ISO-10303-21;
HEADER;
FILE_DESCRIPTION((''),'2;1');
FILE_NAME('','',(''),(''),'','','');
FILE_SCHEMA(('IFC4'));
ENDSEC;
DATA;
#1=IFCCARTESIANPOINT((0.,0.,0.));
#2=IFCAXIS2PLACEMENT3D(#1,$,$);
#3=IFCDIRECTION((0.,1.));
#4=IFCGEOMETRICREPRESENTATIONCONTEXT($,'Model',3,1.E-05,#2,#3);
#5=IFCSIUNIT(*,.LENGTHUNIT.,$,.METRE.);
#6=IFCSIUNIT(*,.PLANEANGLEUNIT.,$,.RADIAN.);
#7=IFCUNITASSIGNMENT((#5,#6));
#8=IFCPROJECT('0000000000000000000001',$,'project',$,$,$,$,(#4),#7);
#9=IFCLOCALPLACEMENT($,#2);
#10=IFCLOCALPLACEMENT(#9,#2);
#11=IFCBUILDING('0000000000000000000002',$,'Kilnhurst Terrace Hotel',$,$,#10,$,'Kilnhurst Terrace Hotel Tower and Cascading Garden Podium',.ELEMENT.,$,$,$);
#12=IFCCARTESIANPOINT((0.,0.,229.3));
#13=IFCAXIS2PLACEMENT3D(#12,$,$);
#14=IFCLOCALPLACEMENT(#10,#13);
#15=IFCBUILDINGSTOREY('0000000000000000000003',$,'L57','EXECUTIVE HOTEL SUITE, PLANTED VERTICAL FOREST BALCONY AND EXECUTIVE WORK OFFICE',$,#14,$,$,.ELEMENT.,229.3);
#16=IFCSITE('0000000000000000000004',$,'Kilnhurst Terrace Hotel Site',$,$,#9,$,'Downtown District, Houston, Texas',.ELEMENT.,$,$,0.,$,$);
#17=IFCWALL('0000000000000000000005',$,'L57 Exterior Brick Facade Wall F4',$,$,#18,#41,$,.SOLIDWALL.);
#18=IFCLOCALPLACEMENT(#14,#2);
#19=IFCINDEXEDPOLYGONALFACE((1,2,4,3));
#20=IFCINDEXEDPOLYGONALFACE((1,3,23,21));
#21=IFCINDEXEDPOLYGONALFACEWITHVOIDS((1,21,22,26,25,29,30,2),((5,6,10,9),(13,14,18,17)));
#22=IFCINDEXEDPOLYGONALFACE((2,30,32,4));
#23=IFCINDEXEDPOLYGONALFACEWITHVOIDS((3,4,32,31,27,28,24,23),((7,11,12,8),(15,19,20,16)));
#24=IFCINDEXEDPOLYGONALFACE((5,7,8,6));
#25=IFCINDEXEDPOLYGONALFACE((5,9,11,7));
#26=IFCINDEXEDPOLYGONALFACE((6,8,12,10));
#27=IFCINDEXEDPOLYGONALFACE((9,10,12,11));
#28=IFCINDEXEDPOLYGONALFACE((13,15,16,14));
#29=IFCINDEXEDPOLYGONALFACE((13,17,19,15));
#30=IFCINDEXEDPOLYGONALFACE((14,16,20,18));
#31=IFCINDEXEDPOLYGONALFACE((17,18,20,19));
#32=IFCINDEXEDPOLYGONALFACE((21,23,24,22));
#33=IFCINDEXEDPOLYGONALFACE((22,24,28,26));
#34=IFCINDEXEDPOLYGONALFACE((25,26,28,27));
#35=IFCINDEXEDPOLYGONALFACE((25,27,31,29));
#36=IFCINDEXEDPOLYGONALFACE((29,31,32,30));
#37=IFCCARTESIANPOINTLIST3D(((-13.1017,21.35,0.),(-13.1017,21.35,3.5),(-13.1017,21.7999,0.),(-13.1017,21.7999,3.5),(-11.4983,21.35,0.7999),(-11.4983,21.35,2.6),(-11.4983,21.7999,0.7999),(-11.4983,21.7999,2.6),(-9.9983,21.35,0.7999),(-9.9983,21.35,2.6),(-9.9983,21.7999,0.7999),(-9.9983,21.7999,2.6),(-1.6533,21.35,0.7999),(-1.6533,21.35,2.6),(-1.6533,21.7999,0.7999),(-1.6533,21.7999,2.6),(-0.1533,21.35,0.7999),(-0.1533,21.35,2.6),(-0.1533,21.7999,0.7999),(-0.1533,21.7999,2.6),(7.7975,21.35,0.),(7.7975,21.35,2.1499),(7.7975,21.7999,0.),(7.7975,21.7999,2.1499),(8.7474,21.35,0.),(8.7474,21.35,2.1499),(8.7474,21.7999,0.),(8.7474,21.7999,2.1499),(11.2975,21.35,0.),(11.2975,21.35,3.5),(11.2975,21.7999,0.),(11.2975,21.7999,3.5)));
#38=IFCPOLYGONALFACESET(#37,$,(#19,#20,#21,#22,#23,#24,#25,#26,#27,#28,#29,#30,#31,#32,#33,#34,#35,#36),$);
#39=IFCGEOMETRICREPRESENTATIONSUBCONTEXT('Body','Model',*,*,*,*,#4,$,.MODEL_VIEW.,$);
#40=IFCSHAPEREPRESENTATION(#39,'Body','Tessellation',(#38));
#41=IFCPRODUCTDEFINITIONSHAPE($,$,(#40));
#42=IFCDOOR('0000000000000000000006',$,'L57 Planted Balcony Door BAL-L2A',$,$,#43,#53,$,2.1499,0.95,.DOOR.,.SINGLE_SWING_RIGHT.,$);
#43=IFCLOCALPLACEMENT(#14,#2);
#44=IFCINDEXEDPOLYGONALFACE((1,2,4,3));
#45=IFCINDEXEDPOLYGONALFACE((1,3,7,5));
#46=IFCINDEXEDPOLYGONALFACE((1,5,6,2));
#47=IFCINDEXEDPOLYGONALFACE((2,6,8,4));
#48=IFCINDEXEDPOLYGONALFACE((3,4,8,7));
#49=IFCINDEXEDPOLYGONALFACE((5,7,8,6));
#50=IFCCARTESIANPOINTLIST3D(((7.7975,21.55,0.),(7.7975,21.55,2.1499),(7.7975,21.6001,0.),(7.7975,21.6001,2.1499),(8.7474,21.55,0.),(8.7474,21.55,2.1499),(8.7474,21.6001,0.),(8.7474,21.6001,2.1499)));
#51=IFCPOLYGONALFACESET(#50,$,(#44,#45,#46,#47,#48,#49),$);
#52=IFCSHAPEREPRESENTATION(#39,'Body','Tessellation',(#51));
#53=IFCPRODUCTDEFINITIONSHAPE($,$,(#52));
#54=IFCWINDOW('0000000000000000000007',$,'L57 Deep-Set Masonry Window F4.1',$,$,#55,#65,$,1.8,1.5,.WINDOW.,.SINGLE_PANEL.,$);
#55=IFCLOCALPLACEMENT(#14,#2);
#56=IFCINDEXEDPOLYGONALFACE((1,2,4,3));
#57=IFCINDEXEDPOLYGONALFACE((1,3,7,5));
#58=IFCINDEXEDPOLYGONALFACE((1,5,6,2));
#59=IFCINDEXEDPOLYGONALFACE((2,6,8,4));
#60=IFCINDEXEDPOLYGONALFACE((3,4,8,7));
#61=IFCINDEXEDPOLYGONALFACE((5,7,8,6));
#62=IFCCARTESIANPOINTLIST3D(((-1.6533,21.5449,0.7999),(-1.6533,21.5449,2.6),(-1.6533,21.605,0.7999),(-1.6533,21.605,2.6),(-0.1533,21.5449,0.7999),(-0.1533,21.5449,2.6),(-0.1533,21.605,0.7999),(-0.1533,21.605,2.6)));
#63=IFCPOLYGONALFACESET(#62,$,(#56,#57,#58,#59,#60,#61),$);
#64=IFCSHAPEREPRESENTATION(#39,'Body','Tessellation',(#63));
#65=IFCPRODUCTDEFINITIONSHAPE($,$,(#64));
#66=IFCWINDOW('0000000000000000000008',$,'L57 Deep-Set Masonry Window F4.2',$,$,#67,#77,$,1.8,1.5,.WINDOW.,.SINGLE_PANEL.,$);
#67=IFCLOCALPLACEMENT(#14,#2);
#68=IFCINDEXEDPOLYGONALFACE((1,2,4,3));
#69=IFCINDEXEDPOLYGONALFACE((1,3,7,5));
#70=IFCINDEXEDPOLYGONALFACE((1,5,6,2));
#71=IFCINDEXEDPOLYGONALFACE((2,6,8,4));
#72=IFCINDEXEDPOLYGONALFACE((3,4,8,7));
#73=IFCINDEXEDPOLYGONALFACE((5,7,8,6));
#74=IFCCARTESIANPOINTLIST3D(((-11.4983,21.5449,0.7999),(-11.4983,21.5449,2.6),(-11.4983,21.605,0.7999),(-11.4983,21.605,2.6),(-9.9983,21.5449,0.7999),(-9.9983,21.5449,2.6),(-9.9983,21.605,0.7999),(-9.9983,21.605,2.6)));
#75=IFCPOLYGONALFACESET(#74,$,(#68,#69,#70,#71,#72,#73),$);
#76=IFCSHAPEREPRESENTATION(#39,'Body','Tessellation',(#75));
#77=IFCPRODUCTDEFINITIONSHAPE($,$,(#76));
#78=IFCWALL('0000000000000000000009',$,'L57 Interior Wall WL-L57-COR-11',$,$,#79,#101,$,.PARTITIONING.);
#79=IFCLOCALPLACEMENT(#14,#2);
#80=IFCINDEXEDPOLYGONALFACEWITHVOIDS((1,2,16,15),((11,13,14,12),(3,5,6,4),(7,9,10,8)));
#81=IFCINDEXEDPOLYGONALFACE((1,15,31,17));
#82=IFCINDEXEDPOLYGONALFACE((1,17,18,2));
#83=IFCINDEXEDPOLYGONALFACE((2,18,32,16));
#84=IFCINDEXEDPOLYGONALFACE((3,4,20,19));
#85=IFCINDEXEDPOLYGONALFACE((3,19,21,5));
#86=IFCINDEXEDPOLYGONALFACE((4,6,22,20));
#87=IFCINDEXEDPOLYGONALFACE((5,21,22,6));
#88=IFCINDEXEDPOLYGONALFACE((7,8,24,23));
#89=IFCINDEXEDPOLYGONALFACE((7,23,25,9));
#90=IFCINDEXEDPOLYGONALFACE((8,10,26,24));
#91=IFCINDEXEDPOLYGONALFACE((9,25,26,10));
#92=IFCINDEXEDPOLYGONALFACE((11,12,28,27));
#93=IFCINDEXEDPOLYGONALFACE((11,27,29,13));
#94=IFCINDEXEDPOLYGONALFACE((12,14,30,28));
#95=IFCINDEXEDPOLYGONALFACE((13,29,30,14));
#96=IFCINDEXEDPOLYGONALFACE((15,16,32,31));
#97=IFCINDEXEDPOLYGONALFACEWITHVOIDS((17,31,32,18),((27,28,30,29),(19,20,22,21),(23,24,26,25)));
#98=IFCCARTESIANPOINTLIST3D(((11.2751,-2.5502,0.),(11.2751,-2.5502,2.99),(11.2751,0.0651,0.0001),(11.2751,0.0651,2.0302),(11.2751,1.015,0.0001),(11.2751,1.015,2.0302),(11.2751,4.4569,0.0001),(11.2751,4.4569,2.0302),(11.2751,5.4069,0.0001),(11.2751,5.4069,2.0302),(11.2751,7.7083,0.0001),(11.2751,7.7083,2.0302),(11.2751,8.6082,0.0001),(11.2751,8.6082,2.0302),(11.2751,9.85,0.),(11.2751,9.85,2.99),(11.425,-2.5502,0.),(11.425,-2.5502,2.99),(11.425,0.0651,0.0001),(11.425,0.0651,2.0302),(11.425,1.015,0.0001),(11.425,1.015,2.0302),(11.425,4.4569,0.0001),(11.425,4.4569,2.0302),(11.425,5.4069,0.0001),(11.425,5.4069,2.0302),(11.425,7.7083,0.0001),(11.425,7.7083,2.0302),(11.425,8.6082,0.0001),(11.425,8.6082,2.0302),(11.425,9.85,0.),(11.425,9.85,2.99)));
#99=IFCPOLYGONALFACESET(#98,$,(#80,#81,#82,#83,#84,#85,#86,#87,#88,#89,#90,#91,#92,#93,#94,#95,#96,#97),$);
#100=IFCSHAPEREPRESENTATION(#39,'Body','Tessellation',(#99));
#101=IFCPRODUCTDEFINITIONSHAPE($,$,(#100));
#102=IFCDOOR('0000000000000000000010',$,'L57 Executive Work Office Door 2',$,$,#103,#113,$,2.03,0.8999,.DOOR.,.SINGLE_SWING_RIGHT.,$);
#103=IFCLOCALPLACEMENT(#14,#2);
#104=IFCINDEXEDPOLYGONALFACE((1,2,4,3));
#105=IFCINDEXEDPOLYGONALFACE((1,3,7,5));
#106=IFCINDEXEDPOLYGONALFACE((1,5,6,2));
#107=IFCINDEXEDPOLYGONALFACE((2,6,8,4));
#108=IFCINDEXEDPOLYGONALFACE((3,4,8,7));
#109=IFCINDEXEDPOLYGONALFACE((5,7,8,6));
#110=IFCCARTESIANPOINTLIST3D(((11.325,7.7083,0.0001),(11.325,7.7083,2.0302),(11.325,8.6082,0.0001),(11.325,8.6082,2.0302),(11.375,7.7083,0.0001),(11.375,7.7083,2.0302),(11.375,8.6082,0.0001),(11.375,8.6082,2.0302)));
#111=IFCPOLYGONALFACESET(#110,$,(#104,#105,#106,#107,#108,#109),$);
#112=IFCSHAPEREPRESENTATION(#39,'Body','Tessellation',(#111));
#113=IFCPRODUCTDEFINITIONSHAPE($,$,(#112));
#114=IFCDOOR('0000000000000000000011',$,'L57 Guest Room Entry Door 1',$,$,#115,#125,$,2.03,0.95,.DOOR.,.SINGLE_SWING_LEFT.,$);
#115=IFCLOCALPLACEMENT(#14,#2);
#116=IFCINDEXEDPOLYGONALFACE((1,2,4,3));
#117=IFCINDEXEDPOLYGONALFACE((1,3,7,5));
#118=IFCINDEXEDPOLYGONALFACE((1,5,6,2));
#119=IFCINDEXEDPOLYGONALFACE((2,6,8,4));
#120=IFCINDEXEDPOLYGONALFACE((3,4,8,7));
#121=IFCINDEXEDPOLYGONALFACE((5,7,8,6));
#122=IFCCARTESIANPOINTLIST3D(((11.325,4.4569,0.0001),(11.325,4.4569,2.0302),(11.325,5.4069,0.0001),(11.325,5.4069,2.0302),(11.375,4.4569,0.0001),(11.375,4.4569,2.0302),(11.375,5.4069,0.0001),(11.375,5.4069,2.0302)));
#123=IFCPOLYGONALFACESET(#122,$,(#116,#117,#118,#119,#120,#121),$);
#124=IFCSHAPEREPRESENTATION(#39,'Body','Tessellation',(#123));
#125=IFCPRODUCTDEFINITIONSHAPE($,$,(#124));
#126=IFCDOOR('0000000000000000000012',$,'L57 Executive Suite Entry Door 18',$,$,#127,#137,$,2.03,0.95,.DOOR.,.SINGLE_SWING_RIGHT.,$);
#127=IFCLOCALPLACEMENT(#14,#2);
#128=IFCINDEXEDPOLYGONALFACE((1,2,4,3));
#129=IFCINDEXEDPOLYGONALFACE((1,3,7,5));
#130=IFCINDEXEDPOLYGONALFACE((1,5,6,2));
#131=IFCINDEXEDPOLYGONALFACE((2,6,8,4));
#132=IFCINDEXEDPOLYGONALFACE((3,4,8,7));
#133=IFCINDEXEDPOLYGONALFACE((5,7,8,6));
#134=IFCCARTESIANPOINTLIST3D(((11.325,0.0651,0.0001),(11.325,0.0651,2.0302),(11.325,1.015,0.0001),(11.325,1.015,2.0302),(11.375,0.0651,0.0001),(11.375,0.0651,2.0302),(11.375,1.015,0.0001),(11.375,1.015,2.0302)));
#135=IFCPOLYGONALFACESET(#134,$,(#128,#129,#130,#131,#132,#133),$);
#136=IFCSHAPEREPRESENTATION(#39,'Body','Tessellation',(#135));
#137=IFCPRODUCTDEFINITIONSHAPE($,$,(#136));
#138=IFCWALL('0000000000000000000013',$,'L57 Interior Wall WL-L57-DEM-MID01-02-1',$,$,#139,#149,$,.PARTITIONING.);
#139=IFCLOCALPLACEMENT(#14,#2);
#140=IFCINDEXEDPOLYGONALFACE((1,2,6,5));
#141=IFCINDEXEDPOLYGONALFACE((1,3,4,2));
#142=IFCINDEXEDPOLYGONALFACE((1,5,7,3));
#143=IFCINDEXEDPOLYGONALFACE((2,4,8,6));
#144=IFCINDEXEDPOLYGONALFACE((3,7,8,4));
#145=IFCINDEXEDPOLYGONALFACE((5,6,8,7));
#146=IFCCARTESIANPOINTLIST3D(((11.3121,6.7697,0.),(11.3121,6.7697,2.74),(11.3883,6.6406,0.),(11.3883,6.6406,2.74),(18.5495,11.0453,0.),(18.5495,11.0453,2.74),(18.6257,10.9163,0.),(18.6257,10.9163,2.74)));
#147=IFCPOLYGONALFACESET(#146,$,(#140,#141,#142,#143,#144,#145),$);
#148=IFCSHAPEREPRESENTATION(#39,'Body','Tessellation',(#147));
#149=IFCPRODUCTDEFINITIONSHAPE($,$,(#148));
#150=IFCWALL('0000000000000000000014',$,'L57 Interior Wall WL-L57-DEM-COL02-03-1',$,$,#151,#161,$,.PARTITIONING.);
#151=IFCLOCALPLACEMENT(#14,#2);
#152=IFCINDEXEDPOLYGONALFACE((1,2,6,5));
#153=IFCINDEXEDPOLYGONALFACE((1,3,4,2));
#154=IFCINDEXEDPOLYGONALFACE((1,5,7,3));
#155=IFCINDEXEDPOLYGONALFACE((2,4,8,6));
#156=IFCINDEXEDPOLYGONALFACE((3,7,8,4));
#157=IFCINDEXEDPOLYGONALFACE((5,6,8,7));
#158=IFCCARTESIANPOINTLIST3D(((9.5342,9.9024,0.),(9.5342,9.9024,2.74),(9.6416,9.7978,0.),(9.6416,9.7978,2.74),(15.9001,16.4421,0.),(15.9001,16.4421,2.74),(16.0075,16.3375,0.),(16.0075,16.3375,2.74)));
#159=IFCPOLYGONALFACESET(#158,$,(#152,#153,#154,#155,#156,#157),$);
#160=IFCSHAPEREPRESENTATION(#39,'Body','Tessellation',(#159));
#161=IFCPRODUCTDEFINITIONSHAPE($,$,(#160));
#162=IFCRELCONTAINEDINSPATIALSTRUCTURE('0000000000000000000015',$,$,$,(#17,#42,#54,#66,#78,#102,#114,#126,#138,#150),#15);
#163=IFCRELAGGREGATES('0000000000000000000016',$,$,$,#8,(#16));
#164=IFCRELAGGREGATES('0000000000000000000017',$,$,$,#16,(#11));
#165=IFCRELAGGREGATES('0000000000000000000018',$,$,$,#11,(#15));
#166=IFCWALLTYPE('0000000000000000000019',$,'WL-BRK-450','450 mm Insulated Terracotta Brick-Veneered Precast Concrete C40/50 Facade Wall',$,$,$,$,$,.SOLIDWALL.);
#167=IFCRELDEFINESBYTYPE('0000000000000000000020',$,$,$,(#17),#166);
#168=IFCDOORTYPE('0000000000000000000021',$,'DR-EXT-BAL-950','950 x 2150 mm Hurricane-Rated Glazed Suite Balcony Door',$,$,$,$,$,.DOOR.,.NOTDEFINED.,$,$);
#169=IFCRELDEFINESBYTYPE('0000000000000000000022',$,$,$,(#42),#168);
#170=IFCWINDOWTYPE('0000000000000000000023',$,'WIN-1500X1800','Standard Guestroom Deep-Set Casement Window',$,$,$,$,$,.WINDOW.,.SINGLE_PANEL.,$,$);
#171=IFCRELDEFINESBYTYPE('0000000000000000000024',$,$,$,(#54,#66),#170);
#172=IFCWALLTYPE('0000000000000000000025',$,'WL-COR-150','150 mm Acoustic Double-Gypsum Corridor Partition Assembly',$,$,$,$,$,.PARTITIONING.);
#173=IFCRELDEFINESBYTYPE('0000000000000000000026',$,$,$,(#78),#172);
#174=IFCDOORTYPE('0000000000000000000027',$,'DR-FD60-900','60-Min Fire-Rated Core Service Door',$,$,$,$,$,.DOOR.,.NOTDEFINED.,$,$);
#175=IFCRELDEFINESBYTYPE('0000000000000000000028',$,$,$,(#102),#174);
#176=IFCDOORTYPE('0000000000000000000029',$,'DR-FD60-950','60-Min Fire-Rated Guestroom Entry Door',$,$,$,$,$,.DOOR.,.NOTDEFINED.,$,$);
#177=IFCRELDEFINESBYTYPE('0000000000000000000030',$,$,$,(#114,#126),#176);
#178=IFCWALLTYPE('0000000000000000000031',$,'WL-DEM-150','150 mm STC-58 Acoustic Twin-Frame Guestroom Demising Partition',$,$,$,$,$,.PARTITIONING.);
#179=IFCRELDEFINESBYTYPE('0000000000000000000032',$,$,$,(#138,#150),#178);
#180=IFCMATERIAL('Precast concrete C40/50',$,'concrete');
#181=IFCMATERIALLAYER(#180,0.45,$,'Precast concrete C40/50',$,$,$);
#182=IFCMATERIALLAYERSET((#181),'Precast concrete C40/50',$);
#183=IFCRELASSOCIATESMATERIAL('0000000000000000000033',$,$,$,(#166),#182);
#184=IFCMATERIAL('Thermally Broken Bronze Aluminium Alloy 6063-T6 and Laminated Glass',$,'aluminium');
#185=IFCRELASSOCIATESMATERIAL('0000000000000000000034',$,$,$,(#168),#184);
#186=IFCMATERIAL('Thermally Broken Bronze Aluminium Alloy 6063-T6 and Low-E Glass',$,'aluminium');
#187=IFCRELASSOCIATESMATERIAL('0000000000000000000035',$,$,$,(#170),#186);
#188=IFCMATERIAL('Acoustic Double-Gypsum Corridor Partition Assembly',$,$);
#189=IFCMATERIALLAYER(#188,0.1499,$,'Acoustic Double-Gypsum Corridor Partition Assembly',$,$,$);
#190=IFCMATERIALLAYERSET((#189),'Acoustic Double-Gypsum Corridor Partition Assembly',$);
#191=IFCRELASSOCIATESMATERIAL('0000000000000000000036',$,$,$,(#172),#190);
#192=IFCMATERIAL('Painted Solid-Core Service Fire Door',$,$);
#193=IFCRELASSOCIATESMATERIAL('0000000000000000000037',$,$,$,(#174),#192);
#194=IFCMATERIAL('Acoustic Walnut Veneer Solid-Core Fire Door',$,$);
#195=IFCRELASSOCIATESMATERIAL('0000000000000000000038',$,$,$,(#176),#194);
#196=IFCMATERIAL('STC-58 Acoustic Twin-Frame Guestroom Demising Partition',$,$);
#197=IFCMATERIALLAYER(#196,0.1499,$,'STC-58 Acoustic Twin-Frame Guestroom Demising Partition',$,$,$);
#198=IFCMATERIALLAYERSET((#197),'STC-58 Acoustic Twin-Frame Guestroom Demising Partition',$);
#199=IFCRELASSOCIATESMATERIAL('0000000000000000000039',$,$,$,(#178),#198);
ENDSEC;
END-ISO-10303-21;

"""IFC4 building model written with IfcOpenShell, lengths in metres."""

from ifc_helpers import new_model, si_unit, direction, frame, frame_2d, origin, place, context, subcontext, project, spatial, rectangle, extrude, material, layer, layer_set, type_object, element, fill, save


model = new_model("IFC4")

# Units and contexts
model_context = context("Model", 3, precision=1e-05, world=origin(), true_north=direction((0.0, 1.0)))
body_context = subcontext(model_context, "Body", "Model", "MODEL_VIEW")
ifc_project = project(units=[si_unit("LENGTHUNIT", "METRE"), si_unit("PLANEANGLEUNIT", "RADIAN")], contexts=[model_context])

# Site, building, storey
site_placement = place(None, origin())
site = spatial("IfcSite", under=ifc_project, at=site_placement, Name="Kilnhurst Terrace Hotel Site", LongName="Downtown District, Houston, Texas", CompositionType="ELEMENT", RefElevation=0.0)
building_placement = place(site_placement, origin())
building = spatial("IfcBuilding", under=site, at=building_placement, Name="Kilnhurst Terrace Hotel", LongName="Kilnhurst Terrace Hotel Tower and Cascading Garden Podium", CompositionType="ELEMENT")
storey_placement = place(building_placement, frame((0.0, 0.0, 229.3)))
storey = spatial("IfcBuildingStorey", under=building, at=storey_placement, Name="L57", Description="EXECUTIVE HOTEL SUITE, PLANTED VERTICAL FOREST BALCONY AND EXECUTIVE WORK OFFICE", CompositionType="ELEMENT", Elevation=229.3)

# Shared definitions
ifc_material_1 = material(Name="Precast concrete C40/50", Category="concrete")
ifc_layer_1 = layer(ifc_material_1, 0.45, Name="Precast concrete C40/50")
ifc_layer_set_1 = layer_set([ifc_layer_1], Name="Precast concrete C40/50")
wall_type_1 = type_object("IfcWallType", Name="WL-BRK-450", Description="450 mm Insulated Terracotta Brick-Veneered Precast Concrete C40/50 Facade Wall", PredefinedType="SOLIDWALL", material=ifc_layer_set_1)

# Wall, openings, door, windows
wall_1_placement = place(storey_placement, frame((11.2976, 21.575, 0.0), z_axis=(0.0, 0.0, 1.0), x_axis=(-1.0, 0.0, 0.0)))
wall_1 = element("IfcWall", 1, at=wall_1_placement, inside=storey, type_object=wall_type_1, Name="L57 Exterior Brick Facade Wall F4", PredefinedType="SOLIDWALL", context=body_context, shape_type="SweptSolid", body=[
    extrude(rectangle(XDim=24.3992, YDim=0.45, at=frame_2d((12.1997, 0.0))), origin(), (0.0, 0.0, 1.0), 3.5),
])
opening_1_placement = place(wall_1_placement, frame((2.55, 0.0, 0.0)))
opening_1 = element("IfcOpeningElement", 2, at=opening_1_placement, cuts=wall_1, PredefinedType="OPENING", context=body_context, shape_type="SweptSolid", body=[
    extrude(rectangle(XDim=0.95, YDim=2.1499, at=frame_2d((0.4751, 1.075))), frame((0.0, 0.2349, 0.0), z_axis=(0.0, -1.0, 0.0), x_axis=(1.0, 0.0, 0.0)), (0.0, 0.0, 1.0), 0.47),
])
opening_2_placement = place(wall_1_placement, frame((11.4509, 0.0, 0.8)))
opening_2 = element("IfcOpeningElement", 3, at=opening_2_placement, cuts=wall_1, PredefinedType="OPENING", context=body_context, shape_type="SweptSolid", body=[
    extrude(rectangle(XDim=1.5, YDim=1.8, at=frame_2d((0.75, 0.8999))), frame((0.0, 0.2349, 0.0), z_axis=(0.0, -1.0, 0.0), x_axis=(1.0, 0.0, 0.0)), (0.0, 0.0, 1.0), 0.47),
])
opening_3_placement = place(wall_1_placement, frame((21.2959, 0.0, 0.8)))
opening_3 = element("IfcOpeningElement", 4, at=opening_3_placement, cuts=wall_1, PredefinedType="OPENING", context=body_context, shape_type="SweptSolid", body=[
    extrude(rectangle(XDim=1.5, YDim=1.8, at=frame_2d((0.75, 0.8999))), frame((0.0, 0.2349, 0.0), z_axis=(0.0, -1.0, 0.0), x_axis=(1.0, 0.0, 0.0)), (0.0, 0.0, 1.0), 0.47),
])
ifc_material_2 = material(Name="Thermally Broken Bronze Aluminium Alloy 6063-T6 and Laminated Glass", Category="aluminium")
door_type_1 = type_object("IfcDoorType", Name="DR-EXT-BAL-950", Description="950 x 2150 mm Hurricane-Rated Glazed Suite Balcony Door", OperationType="NOTDEFINED", PredefinedType="DOOR", material=ifc_material_2)
door_1_placement = place(opening_1_placement, origin())
door_1 = element("IfcDoor", 5, at=door_1_placement, inside=storey, type_object=door_type_1, Name="L57 Planted Balcony Door BAL-L2A", OperationType="SINGLE_SWING_RIGHT", OverallHeight=2.1499, OverallWidth=0.95, PredefinedType="DOOR", context=body_context, shape_type="SweptSolid", body=[
    extrude(rectangle(XDim=0.95, YDim=2.1499, at=frame_2d((0.4751, 1.075))), frame((0.0, 0.0249, 0.0), z_axis=(0.0, -1.0, 0.0), x_axis=(1.0, 0.0, 0.0)), (0.0, 0.0, 1.0), 0.05),
])
fill(opening_1, door_1)
ifc_material_3 = material(Name="Thermally Broken Bronze Aluminium Alloy 6063-T6 and Low-E Glass", Category="aluminium")
window_type = type_object("IfcWindowType", Name="WIN-1500X1800", Description="Standard Guestroom Deep-Set Casement Window", PartitioningType="SINGLE_PANEL", PredefinedType="WINDOW", material=ifc_material_3)
window_1_placement = place(opening_2_placement, origin())
window_1 = element("IfcWindow", 6, at=window_1_placement, inside=storey, type_object=window_type, Name="L57 Deep-Set Masonry Window F4.1", OverallHeight=1.8, OverallWidth=1.5, PartitioningType="SINGLE_PANEL", PredefinedType="WINDOW", context=body_context, shape_type="SweptSolid", body=[
    extrude(rectangle(XDim=1.5, YDim=1.8, at=frame_2d((0.75, 0.8999))), frame((0.0, 0.03, 0.0), z_axis=(0.0, -1.0, 0.0), x_axis=(1.0, 0.0, 0.0)), (0.0, 0.0, 1.0), 0.0601),
])
fill(opening_2, window_1)
window_2_placement = place(opening_3_placement, origin())
window_2 = element("IfcWindow", 7, at=window_2_placement, inside=storey, type_object=window_type, Name="L57 Deep-Set Masonry Window F4.2", OverallHeight=1.8, OverallWidth=1.5, PartitioningType="SINGLE_PANEL", PredefinedType="WINDOW", context=body_context, shape_type="SweptSolid", body=[
    extrude(rectangle(XDim=1.5, YDim=1.8, at=frame_2d((0.75, 0.8999))), frame((0.0, 0.03, 0.0), z_axis=(0.0, -1.0, 0.0), x_axis=(1.0, 0.0, 0.0)), (0.0, 0.0, 1.0), 0.0601),
])
fill(opening_3, window_2)

# Wall, openings, doors
ifc_material_4 = material(Name="Acoustic Double-Gypsum Corridor Partition Assembly")
ifc_layer_2 = layer(ifc_material_4, 0.1499, Name="Acoustic Double-Gypsum Corridor Partition Assembly")
ifc_layer_set_2 = layer_set([ifc_layer_2], Name="Acoustic Double-Gypsum Corridor Partition Assembly")
wall_type_2 = type_object("IfcWallType", Name="WL-COR-150", Description="150 mm Acoustic Double-Gypsum Corridor Partition Assembly", PredefinedType="PARTITIONING", material=ifc_layer_set_2)
wall_2_placement = place(storey_placement, frame((11.3501, 9.8501, 0.0), z_axis=(0.0, 0.0, 1.0), x_axis=(0.0, -1.0, 0.0)))
wall_2 = element("IfcWall", 8, at=wall_2_placement, inside=storey, type_object=wall_type_2, Name="L57 Interior Wall WL-L57-COR-11", PredefinedType="PARTITIONING", context=body_context, shape_type="SweptSolid", body=[
    extrude(rectangle(XDim=12.4001, YDim=0.1499, at=frame_2d((6.2002, 0.0))), origin(), (0.0, 0.0, 1.0), 2.99),
])
opening_4_placement = place(wall_2_placement, frame((4.4431, 0.0, 0.0)))
opening_4 = element("IfcOpeningElement", 9, at=opening_4_placement, cuts=wall_2, PredefinedType="OPENING", context=body_context, shape_type="SweptSolid", body=[
    extrude(rectangle(XDim=0.95, YDim=2.03, at=frame_2d((0.4751, 1.0151))), frame((0.0, 0.085, 0.0), z_axis=(0.0, -1.0, 0.0), x_axis=(1.0, 0.0, 0.0)), (0.0, 0.0, 1.0), 0.1699),
])
opening_5_placement = place(wall_2_placement, frame((1.2419, 0.0, 0.0)))
opening_5 = element("IfcOpeningElement", 10, at=opening_5_placement, cuts=wall_2, PredefinedType="OPENING", context=body_context, shape_type="SweptSolid", body=[
    extrude(rectangle(XDim=0.8999, YDim=2.03, at=frame_2d((0.45, 1.0151))), frame((0.0, 0.085, 0.0), z_axis=(0.0, -1.0, 0.0), x_axis=(1.0, 0.0, 0.0)), (0.0, 0.0, 1.0), 0.1699),
])
opening_6_placement = place(wall_2_placement, frame((8.835, 0.0, 0.0)))
opening_6 = element("IfcOpeningElement", 11, at=opening_6_placement, cuts=wall_2, PredefinedType="OPENING", context=body_context, shape_type="SweptSolid", body=[
    extrude(rectangle(XDim=0.95, YDim=2.03, at=frame_2d((0.4751, 1.0151))), frame((0.0, 0.085, 0.0), z_axis=(0.0, -1.0, 0.0), x_axis=(1.0, 0.0, 0.0)), (0.0, 0.0, 1.0), 0.1699),
])
ifc_material_5 = material(Name="Painted Solid-Core Service Fire Door")
door_type_2 = type_object("IfcDoorType", Name="DR-FD60-900", Description="60-Min Fire-Rated Core Service Door", OperationType="NOTDEFINED", PredefinedType="DOOR", material=ifc_material_5)
door_2_placement = place(opening_5_placement, origin())
door_2 = element("IfcDoor", 12, at=door_2_placement, inside=storey, type_object=door_type_2, Name="L57 Executive Work Office Door 2", OperationType="SINGLE_SWING_RIGHT", OverallHeight=2.03, OverallWidth=0.8999, PredefinedType="DOOR", context=body_context, shape_type="SweptSolid", body=[
    extrude(rectangle(XDim=0.8999, YDim=2.03, at=frame_2d((0.45, 1.0151))), frame((0.0, 0.0249, 0.0), z_axis=(0.0, -1.0, 0.0), x_axis=(1.0, 0.0, 0.0)), (0.0, 0.0, 1.0), 0.05),
])
fill(opening_5, door_2)
ifc_material_6 = material(Name="Acoustic Walnut Veneer Solid-Core Fire Door")
door_type_3 = type_object("IfcDoorType", Name="DR-FD60-950", Description="60-Min Fire-Rated Guestroom Entry Door", OperationType="NOTDEFINED", PredefinedType="DOOR", material=ifc_material_6)
door_3_placement = place(opening_4_placement, origin())
door_3 = element("IfcDoor", 13, at=door_3_placement, inside=storey, type_object=door_type_3, Name="L57 Guest Room Entry Door 1", OperationType="SINGLE_SWING_LEFT", OverallHeight=2.03, OverallWidth=0.95, PredefinedType="DOOR", context=body_context, shape_type="SweptSolid", body=[
    extrude(rectangle(XDim=0.95, YDim=2.03, at=frame_2d((0.4751, 1.0151))), frame((0.0, 0.0249, 0.0), z_axis=(0.0, -1.0, 0.0), x_axis=(1.0, 0.0, 0.0)), (0.0, 0.0, 1.0), 0.05),
])
fill(opening_4, door_3)
door_4_placement = place(opening_6_placement, origin())
door_4 = element("IfcDoor", 14, at=door_4_placement, inside=storey, type_object=door_type_3, Name="L57 Executive Suite Entry Door 18", OperationType="SINGLE_SWING_RIGHT", OverallHeight=2.03, OverallWidth=0.95, PredefinedType="DOOR", context=body_context, shape_type="SweptSolid", body=[
    extrude(rectangle(XDim=0.95, YDim=2.03, at=frame_2d((0.4751, 1.0151))), frame((0.0, 0.0249, 0.0), z_axis=(0.0, -1.0, 0.0), x_axis=(1.0, 0.0, 0.0)), (0.0, 0.0, 1.0), 0.05),
])
fill(opening_6, door_4)

# Walls
ifc_material_7 = material(Name="STC-58 Acoustic Twin-Frame Guestroom Demising Partition")
ifc_layer_3 = layer(ifc_material_7, 0.1499, Name="STC-58 Acoustic Twin-Frame Guestroom Demising Partition")
ifc_layer_set_3 = layer_set([ifc_layer_3], Name="STC-58 Acoustic Twin-Frame Guestroom Demising Partition")
wall_type_3 = type_object("IfcWallType", Name="WL-DEM-150", Description="150 mm STC-58 Acoustic Twin-Frame Guestroom Demising Partition", PredefinedType="PARTITIONING", material=ifc_layer_set_3)
wall_3_placement = place(storey_placement, frame((11.3501, 6.7051, 0.0), z_axis=(0.0, 0.0, 1.0), x_axis=(0.860976, 0.508645, 0.0)))
element("IfcWall", 15, at=wall_3_placement, inside=storey, type_object=wall_type_3, Name="L57 Interior Wall WL-L57-DEM-MID01-02-1", PredefinedType="PARTITIONING", context=body_context, shape_type="SweptSolid", body=[
    extrude(rectangle(XDim=8.406, YDim=0.1499, at=frame_2d((4.2031, 0.0))), origin(), (0.0, 0.0, 1.0), 2.74),
])
wall_4_placement = place(storey_placement, frame((9.5879, 9.8501, 0.0), z_axis=(0.0, 0.0, 1.0), x_axis=(0.697519, 0.716566, 0.0)))
element("IfcWall", 16, at=wall_4_placement, inside=storey, type_object=wall_type_3, Name="L57 Interior Wall WL-L57-DEM-COL02-03-1", PredefinedType="PARTITIONING", context=body_context, shape_type="SweptSolid", body=[
    extrude(rectangle(XDim=9.1265, YDim=0.1499, at=frame_2d((4.5632, 0.0))), origin(), (0.0, 0.0, 1.0), 2.74),
])

save(model, "model.ifc")
